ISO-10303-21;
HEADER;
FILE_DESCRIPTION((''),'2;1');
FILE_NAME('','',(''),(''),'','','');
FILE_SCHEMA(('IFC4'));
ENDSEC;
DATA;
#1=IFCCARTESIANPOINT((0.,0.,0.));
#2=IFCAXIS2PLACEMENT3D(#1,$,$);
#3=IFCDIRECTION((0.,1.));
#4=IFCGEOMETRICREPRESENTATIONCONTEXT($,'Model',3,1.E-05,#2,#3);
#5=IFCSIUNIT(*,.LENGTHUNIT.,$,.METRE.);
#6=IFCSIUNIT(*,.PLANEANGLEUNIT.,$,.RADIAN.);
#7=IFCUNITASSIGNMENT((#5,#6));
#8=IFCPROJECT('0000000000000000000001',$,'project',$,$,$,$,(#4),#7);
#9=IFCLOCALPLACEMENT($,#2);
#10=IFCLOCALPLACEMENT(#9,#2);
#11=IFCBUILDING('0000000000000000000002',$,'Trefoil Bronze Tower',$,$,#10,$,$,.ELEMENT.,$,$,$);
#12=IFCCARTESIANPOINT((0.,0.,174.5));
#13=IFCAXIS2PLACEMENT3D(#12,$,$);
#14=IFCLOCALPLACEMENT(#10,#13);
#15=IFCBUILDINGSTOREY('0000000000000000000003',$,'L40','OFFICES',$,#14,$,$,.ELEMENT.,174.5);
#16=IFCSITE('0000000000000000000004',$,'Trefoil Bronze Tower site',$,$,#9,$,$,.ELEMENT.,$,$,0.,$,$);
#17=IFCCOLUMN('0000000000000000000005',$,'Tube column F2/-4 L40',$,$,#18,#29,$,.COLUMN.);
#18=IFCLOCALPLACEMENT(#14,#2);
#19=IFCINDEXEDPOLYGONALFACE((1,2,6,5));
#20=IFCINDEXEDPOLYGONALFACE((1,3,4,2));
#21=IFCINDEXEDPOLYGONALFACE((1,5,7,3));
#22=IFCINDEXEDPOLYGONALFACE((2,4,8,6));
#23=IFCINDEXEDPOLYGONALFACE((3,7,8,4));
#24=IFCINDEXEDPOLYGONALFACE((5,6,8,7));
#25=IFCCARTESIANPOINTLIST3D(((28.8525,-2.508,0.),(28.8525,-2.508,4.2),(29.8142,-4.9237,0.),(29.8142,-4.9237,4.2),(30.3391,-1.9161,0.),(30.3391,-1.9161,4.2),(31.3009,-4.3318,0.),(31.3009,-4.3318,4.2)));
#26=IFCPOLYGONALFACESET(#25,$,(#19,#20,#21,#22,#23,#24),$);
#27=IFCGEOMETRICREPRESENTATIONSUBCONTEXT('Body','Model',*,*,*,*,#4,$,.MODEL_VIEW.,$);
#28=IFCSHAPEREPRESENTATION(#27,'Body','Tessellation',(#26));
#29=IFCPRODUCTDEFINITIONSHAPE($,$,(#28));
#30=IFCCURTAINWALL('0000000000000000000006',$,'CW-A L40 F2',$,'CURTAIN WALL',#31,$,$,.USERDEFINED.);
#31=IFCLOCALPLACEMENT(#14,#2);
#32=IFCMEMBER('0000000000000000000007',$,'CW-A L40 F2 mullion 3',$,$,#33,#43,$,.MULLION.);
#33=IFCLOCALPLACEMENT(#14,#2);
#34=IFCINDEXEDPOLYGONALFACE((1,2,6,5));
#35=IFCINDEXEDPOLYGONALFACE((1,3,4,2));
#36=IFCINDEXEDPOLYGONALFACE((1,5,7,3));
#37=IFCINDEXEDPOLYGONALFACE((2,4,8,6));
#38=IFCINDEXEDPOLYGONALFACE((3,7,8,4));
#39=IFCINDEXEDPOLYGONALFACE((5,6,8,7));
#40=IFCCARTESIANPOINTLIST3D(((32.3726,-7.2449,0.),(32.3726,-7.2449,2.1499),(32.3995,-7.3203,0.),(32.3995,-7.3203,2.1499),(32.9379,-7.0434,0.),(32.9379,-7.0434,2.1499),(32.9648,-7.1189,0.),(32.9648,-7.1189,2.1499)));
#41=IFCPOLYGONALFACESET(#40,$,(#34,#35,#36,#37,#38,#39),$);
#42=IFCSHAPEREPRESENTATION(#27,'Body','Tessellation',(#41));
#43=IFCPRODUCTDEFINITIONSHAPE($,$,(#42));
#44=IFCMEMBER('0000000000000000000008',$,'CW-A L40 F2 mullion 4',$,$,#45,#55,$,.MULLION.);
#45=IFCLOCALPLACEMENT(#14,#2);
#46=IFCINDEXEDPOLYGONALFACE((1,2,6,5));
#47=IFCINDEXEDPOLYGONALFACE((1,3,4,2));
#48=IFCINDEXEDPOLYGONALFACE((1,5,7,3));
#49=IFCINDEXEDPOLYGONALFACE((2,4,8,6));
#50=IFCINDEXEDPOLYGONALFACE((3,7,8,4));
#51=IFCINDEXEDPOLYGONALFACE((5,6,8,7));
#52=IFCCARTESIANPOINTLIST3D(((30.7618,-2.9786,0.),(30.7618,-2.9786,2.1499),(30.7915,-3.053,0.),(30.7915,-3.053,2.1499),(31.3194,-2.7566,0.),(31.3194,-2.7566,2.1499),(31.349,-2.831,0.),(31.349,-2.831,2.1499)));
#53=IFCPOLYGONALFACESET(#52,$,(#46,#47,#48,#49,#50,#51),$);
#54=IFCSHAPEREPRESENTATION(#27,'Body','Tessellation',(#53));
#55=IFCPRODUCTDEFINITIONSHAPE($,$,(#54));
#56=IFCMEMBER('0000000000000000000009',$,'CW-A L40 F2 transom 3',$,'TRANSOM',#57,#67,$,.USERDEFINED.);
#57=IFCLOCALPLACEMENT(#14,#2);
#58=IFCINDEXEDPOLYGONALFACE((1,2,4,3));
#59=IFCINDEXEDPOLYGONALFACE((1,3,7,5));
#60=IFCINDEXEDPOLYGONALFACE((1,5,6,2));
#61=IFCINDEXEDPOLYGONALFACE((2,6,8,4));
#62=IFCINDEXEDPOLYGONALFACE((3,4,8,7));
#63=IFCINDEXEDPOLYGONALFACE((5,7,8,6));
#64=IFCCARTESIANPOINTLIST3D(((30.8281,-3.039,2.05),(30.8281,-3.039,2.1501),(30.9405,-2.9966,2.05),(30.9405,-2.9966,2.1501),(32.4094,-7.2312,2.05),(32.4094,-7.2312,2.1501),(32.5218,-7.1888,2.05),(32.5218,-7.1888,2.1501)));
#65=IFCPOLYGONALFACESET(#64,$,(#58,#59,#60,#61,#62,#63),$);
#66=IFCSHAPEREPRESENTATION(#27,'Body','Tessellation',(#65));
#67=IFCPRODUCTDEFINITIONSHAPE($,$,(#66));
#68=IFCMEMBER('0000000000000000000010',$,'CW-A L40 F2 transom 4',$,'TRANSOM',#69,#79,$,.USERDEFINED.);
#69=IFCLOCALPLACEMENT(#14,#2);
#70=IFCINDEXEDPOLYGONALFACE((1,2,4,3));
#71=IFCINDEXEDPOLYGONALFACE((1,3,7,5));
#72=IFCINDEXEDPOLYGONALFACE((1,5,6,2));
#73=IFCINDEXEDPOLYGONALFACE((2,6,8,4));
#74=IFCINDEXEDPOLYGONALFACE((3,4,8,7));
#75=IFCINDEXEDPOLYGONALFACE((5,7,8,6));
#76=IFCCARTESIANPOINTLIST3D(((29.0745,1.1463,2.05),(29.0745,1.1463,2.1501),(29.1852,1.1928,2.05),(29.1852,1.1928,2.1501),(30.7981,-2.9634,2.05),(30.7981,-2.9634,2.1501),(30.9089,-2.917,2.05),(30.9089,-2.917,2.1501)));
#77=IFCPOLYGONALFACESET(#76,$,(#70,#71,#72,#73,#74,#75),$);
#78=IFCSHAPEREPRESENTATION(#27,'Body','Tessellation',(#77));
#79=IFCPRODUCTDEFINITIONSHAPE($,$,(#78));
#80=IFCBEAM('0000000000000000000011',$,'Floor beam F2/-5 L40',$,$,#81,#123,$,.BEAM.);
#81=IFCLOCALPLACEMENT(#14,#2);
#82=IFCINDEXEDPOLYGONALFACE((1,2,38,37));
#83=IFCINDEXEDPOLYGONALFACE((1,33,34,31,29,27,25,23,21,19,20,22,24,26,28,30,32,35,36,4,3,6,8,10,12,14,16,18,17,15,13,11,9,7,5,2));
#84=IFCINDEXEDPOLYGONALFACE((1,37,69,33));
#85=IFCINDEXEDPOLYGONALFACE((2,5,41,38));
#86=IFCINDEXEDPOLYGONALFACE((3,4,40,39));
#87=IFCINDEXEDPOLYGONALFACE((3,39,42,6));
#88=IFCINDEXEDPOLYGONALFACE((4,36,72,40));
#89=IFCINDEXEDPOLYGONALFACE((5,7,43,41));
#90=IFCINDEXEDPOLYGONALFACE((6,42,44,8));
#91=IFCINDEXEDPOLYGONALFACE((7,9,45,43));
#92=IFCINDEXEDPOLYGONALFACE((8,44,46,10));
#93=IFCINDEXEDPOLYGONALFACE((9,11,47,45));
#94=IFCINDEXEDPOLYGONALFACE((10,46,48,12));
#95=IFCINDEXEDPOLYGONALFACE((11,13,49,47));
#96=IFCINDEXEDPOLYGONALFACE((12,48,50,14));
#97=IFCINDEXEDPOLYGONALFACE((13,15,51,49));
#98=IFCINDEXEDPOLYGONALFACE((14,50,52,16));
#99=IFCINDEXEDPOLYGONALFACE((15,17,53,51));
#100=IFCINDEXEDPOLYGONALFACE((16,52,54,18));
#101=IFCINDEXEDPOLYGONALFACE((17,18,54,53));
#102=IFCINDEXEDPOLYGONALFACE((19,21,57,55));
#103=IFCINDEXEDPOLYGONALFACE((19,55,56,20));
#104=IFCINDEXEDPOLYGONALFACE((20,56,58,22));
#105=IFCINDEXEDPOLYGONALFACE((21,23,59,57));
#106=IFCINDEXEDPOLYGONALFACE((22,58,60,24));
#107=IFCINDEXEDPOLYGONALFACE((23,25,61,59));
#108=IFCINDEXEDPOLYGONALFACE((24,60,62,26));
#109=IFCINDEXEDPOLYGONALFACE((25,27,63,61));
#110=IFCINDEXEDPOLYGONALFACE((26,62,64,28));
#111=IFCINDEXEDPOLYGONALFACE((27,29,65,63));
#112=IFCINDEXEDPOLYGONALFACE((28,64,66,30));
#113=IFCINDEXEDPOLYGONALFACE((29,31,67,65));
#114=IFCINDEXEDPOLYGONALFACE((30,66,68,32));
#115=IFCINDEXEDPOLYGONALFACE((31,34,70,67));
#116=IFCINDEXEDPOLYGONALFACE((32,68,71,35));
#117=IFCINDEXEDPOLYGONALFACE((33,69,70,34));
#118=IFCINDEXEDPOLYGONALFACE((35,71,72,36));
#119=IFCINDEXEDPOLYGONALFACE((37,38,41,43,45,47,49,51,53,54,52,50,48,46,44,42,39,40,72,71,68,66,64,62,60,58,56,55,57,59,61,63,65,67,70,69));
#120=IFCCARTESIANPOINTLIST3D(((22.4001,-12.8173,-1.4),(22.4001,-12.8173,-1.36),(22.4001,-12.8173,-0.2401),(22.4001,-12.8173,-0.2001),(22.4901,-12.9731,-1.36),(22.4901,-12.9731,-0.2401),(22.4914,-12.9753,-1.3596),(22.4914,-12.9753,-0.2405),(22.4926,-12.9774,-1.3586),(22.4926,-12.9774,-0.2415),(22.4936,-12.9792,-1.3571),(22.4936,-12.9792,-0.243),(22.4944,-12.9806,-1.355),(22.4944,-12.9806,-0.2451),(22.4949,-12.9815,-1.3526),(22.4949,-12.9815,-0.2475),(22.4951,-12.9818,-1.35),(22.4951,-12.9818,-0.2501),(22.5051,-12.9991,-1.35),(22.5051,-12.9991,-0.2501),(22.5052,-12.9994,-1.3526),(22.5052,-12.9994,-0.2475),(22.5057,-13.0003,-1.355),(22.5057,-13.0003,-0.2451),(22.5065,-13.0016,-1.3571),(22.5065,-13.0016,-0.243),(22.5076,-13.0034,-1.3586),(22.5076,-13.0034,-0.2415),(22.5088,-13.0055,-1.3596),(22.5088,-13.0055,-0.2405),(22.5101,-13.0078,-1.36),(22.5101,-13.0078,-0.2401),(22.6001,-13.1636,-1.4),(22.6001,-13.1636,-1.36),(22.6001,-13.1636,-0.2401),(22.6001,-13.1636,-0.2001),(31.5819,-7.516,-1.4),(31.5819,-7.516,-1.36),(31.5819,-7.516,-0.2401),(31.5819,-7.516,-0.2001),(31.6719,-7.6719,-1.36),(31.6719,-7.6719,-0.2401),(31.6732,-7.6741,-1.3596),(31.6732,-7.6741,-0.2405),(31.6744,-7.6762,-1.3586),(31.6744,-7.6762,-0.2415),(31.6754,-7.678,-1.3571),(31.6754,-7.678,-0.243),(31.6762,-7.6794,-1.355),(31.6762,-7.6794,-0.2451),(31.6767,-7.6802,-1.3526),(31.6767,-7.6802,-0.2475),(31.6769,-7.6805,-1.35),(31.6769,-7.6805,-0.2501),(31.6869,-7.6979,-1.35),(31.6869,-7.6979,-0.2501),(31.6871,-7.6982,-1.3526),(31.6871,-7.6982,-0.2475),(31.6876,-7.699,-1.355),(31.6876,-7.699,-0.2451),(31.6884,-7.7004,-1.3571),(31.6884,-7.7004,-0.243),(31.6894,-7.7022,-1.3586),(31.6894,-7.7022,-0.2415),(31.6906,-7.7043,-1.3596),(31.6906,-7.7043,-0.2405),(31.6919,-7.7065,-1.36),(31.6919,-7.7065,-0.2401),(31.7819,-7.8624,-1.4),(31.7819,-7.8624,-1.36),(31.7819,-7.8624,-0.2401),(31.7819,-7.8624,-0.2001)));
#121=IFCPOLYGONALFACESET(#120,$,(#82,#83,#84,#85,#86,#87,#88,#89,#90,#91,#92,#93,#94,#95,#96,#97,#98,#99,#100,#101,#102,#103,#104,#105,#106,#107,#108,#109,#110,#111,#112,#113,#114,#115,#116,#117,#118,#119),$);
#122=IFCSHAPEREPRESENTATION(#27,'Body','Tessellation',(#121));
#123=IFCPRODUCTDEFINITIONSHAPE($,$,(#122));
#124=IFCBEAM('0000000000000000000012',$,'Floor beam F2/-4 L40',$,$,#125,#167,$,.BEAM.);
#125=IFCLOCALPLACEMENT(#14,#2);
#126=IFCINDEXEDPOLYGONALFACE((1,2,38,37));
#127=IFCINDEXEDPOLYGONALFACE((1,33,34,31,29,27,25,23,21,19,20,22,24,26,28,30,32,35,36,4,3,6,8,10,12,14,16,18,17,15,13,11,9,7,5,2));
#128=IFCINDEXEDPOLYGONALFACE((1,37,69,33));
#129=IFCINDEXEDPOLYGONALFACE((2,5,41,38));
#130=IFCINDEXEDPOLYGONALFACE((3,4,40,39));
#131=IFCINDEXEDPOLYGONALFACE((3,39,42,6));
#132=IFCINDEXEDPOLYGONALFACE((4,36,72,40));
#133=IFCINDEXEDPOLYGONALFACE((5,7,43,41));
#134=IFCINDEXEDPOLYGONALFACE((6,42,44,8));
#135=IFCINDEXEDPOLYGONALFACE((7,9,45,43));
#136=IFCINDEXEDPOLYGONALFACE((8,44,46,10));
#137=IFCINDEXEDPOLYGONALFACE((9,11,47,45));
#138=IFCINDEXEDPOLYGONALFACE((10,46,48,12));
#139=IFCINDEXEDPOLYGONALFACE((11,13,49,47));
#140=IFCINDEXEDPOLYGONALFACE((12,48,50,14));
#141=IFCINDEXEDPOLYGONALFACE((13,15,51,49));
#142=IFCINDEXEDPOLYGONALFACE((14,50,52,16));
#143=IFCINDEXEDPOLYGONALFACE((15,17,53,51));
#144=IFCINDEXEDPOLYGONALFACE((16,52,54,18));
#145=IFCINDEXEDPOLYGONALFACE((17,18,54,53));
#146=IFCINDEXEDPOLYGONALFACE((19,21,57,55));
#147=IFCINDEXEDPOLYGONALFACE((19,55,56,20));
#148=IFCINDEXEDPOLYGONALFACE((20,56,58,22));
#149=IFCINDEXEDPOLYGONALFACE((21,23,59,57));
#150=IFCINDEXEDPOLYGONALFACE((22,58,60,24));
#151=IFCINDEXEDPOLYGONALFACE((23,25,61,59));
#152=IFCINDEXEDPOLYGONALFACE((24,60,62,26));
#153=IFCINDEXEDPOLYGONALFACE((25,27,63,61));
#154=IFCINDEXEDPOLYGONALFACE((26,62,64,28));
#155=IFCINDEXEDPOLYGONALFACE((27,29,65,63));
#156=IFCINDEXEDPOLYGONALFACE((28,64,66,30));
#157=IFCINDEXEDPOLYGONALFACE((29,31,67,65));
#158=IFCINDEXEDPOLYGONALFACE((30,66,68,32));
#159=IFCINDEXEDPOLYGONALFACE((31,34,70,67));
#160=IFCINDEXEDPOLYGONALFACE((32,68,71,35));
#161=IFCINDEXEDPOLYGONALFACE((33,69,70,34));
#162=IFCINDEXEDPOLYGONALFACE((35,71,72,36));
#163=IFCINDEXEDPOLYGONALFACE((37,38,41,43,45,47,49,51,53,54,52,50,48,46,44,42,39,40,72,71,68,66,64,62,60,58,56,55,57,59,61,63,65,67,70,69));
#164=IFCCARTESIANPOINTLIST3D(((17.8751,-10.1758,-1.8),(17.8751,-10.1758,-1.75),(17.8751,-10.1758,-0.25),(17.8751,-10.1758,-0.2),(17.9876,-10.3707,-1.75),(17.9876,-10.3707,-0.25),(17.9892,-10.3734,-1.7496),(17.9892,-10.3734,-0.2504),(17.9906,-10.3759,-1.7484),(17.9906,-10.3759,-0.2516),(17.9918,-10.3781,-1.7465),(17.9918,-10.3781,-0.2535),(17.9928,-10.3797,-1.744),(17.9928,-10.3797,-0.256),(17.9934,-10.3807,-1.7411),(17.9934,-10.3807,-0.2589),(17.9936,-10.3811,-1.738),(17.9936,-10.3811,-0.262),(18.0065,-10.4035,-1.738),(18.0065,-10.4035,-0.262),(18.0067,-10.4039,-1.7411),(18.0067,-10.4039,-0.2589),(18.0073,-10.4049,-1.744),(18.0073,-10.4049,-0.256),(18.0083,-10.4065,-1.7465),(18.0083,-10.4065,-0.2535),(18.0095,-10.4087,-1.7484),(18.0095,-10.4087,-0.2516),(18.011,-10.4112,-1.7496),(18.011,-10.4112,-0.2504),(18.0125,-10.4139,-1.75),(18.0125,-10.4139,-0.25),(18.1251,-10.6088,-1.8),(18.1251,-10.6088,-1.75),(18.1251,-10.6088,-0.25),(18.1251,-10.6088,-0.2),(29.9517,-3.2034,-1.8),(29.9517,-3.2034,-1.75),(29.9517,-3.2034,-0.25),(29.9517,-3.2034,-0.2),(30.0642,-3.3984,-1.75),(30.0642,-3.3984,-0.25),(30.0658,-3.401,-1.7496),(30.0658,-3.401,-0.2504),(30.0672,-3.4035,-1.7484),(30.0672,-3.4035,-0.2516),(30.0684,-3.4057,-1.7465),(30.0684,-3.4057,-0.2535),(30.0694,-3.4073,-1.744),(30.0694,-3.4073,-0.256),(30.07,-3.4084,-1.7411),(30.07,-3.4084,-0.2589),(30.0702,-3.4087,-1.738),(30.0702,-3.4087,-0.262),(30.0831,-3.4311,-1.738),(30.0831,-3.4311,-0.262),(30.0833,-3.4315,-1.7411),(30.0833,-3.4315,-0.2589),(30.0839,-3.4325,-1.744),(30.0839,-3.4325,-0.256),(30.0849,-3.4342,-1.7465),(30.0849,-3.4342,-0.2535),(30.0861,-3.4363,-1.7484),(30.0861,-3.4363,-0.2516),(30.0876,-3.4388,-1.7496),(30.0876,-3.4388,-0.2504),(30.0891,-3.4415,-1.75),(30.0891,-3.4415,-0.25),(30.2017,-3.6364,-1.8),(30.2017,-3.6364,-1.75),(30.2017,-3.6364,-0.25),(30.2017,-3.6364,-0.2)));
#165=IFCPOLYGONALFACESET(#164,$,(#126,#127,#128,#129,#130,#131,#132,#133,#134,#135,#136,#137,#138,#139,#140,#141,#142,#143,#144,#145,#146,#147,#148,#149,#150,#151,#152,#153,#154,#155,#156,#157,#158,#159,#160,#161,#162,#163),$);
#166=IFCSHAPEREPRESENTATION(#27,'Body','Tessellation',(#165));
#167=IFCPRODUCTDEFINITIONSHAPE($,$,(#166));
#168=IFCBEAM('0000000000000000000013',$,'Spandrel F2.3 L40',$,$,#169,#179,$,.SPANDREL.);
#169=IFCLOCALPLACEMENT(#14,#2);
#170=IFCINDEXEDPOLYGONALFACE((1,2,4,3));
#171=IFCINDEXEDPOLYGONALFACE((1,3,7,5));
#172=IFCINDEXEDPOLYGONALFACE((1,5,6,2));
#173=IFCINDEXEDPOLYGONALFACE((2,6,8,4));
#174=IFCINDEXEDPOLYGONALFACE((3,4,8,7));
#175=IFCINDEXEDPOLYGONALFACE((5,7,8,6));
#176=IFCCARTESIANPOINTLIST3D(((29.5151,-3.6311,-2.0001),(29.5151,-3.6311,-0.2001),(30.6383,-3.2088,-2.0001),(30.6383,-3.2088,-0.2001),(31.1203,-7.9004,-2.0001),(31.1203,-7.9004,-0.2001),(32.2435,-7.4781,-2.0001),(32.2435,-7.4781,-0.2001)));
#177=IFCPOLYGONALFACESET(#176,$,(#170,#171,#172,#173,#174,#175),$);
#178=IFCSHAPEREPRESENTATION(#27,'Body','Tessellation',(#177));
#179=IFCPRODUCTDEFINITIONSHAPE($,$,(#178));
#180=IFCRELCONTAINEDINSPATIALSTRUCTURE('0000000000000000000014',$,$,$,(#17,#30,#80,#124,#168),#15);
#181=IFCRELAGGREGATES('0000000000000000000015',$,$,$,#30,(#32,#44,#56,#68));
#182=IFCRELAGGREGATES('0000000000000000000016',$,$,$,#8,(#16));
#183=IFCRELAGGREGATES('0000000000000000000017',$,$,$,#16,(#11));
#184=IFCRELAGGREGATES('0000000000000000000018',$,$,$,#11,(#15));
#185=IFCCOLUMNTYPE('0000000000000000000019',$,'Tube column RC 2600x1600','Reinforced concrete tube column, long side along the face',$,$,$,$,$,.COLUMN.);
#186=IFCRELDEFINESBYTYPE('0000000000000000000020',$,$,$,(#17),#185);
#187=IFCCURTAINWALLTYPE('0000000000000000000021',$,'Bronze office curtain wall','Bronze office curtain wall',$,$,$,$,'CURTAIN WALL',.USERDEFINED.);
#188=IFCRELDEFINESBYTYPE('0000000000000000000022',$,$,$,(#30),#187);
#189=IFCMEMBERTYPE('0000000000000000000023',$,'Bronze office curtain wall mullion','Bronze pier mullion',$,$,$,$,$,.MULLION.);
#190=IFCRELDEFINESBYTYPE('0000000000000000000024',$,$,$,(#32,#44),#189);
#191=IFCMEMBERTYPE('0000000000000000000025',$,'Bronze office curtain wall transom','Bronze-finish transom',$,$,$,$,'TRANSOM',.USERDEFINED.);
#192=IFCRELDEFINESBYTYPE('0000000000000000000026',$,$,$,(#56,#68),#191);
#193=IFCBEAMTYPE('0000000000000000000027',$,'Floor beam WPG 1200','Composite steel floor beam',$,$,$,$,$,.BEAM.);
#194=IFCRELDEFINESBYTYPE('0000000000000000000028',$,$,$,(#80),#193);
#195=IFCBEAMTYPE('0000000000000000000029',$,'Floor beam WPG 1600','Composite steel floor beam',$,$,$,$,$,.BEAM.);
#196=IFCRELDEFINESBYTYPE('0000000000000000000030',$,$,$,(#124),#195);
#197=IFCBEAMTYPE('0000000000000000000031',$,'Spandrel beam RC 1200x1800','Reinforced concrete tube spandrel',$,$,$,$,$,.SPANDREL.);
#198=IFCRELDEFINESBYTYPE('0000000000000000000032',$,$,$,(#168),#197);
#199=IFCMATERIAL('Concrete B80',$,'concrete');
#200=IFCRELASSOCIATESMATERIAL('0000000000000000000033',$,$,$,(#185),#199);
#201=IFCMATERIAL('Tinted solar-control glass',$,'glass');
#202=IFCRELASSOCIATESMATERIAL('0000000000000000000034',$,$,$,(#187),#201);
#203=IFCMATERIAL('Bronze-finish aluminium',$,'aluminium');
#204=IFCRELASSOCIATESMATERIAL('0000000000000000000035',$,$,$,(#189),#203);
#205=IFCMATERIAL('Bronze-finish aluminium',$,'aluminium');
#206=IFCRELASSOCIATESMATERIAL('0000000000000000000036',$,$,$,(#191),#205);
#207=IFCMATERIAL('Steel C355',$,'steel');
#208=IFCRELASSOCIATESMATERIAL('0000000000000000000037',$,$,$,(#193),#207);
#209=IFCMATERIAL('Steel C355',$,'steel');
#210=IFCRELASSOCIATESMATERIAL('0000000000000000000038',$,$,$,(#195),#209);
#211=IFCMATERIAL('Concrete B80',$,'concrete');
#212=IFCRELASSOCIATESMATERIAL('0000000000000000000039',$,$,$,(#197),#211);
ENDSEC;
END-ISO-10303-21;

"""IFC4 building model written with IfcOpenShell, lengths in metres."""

from ifc_helpers import new_model, si_unit, direction, frame, origin, origin_2d, place, context, subcontext, project, spatial, rectangle, i_section, extrude, material, material_profile, profile_set, type_object, element, aggregate, save


model = new_model("IFC4")

# Units and contexts
model_context = context("Model", 3, precision=1e-05, world=origin(), true_north=direction((0.0, 1.0)))
body_context = subcontext(model_context, "Body", "Model", "MODEL_VIEW")
ifc_project = project(units=[si_unit("LENGTHUNIT", "METRE"), si_unit("PLANEANGLEUNIT", "RADIAN")], contexts=[model_context])

# Site, building, storey
site_placement = place(None, origin())
site = spatial("IfcSite", under=ifc_project, at=site_placement, Name="Trefoil Bronze Tower site", CompositionType="ELEMENT", RefElevation=0.0)
building_placement = place(site_placement, origin())
building = spatial("IfcBuilding", under=site, at=building_placement, Name="Trefoil Bronze Tower", CompositionType="ELEMENT")
storey_placement = place(building_placement, frame((0.0, 0.0, 174.5)))
storey = spatial("IfcBuildingStorey", under=building, at=storey_placement, Name="L40", Description="OFFICES", CompositionType="ELEMENT", Elevation=174.5)

# Column
ifc_material_1 = material(Name="Concrete B80", Category="concrete")
ifc_material_profile_1 = material_profile(ifc_material_1, rectangle(XDim=2.6001, YDim=1.6001, at=origin_2d()), Name="RC 2600x1600")
ifc_profile_set_1 = profile_set([ifc_material_profile_1], Name="Concrete B80")
column_type = type_object("IfcColumnType", Name="Tube column RC 2600x1600", Description="Reinforced concrete tube column, long side along the face", PredefinedType="COLUMN", material=ifc_profile_set_1)
column_placement = place(storey_placement, frame((30.0767, -3.4199, 0.0), z_axis=(0.0, 0.0, 1.0), x_axis=(-0.369901, 0.929071, 0.0)))
element("IfcColumn", 1, at=column_placement, inside=storey, type_object=column_type, Name="Tube column F2/-4 L40", PredefinedType="COLUMN", context=body_context, shape_type="SweptSolid", body=[
    extrude(rectangle(XDim=2.6001, YDim=1.6001, at=origin_2d()), origin(), (0.0, 0.0, 1.0), 4.2),
])

# Curtain wall, members
ifc_material_2 = material(Name="Tinted solar-control glass", Category="glass")
curtain_wall_type = type_object("IfcCurtainWallType", Name="Bronze office curtain wall", Description="Bronze office curtain wall", ElementType="CURTAIN WALL", PredefinedType="USERDEFINED", material=ifc_material_2)
curtain_wall_placement = place(storey_placement, origin())
curtain_wall = element("IfcCurtainWall", 2, at=curtain_wall_placement, inside=storey, type_object=curtain_wall_type, Name="CW-A L40 F2", ObjectType="CURTAIN WALL", PredefinedType="USERDEFINED")
ifc_material_3 = material(Name="Bronze-finish aluminium", Category="aluminium")
ifc_material_profile_2 = material_profile(ifc_material_3, rectangle(XDim=0.6001, YDim=0.0801, at=origin_2d()), Name="CW-A mullion")
ifc_profile_set_2 = profile_set([ifc_material_profile_2], Name="Bronze-finish aluminium")
member_type_1 = type_object("IfcMemberType", Name="Bronze office curtain wall mullion", Description="Bronze pier mullion", PredefinedType="MULLION", material=ifc_profile_set_2)
member_1_placement = place(storey_placement, frame((32.6687, -7.1819, 0.0), z_axis=(0.0, 0.0, 1.0), x_axis=(-0.941963, -0.335718, 0.0)))
member_1 = element("IfcMember", 3, at=member_1_placement, type_object=member_type_1, Name="CW-A L40 F2 mullion 3", PredefinedType="MULLION", context=body_context, shape_type="SweptSolid", body=[
    extrude(rectangle(XDim=0.6001, YDim=0.0801, at=origin_2d()), origin(), (0.0, 0.0, 1.0), 2.1499),
])
member_2_placement = place(storey_placement, frame((31.0554, -2.9048, 0.0), z_axis=(0.0, 0.0, 1.0), x_axis=(-0.929071, -0.369901, 0.0)))
member_2 = element("IfcMember", 4, at=member_2_placement, type_object=member_type_1, Name="CW-A L40 F2 mullion 4", PredefinedType="MULLION", context=body_context, shape_type="SweptSolid", body=[
    extrude(rectangle(XDim=0.6001, YDim=0.0801, at=origin_2d()), origin(), (0.0, 0.0, 1.0), 2.1499),
])
ifc_material_4 = material(Name="Bronze-finish aluminium", Category="aluminium")
ifc_material_profile_3 = material_profile(ifc_material_4, rectangle(XDim=0.1201, YDim=0.1001, at=origin_2d()), Name="CW-A transom")
ifc_profile_set_3 = profile_set([ifc_material_profile_3], Name="Bronze-finish aluminium")
member_type_2 = type_object("IfcMemberType", Name="Bronze office curtain wall transom", Description="Bronze-finish transom", ElementType="TRANSOM", PredefinedType="USERDEFINED", material=ifc_profile_set_3)
member_3_placement = place(storey_placement, frame((32.4656, -7.21, 2.1001), z_axis=(-0.352932, 0.935649, 0.0), x_axis=(-0.935649, -0.352932, 0.0)))
member_3 = element("IfcMember", 5, at=member_3_placement, type_object=member_type_2, Name="CW-A L40 F2 transom 3", ObjectType="TRANSOM", PredefinedType="USERDEFINED", context=body_context, shape_type="SweptSolid", body=[
    extrude(rectangle(XDim=0.1201, YDim=0.1001, at=origin_2d()), origin(), (0.0, 0.0, 1.0), 4.4805),
])
member_4_placement = place(storey_placement, frame((30.8535, -2.9402, 2.1001), z_axis=(-0.386773, 0.922175, 0.0), x_axis=(-0.922175, -0.386773, 0.0)))
member_4 = element("IfcMember", 6, at=member_4_placement, type_object=member_type_2, Name="CW-A L40 F2 transom 4", ObjectType="TRANSOM", PredefinedType="USERDEFINED", context=body_context, shape_type="SweptSolid", body=[
    extrude(rectangle(XDim=0.1201, YDim=0.1001, at=origin_2d()), origin(), (0.0, 0.0, 1.0), 4.4565),
])

# Beams
ifc_material_5 = material(Name="Steel C355", Category="steel")
ifc_material_profile_4 = material_profile(ifc_material_5, i_section(OverallWidth=0.3999, OverallDepth=1.2, WebThickness=0.02, FlangeThickness=0.04, FilletRadius=0.01, at=origin_2d()), Name="WPG 1200")
ifc_profile_set_4 = profile_set([ifc_material_profile_4], Name="Steel C355")
beam_type_1 = type_object("IfcBeamType", Name="Floor beam WPG 1200", Description="Composite steel floor beam", PredefinedType="BEAM", material=ifc_profile_set_4)
beam_1_placement = place(storey_placement, frame((31.6819, -7.6892, -0.8), z_axis=(-0.866021, -0.500007, 0.0), x_axis=(0.500007, -0.866021, 0.0)))
element("IfcBeam", 7, at=beam_1_placement, inside=storey, type_object=beam_type_1, Name="Floor beam F2/-5 L40", PredefinedType="BEAM", context=body_context, shape_type="SweptSolid", body=[
    extrude(i_section(OverallWidth=0.3999, OverallDepth=1.2, WebThickness=0.02, FlangeThickness=0.04, FilletRadius=0.01, at=origin_2d()), origin(), (0.0, 0.0, 1.0), 10.6023),
])
ifc_material_6 = material(Name="Steel C355", Category="steel")
ifc_material_profile_5 = material_profile(ifc_material_6, i_section(OverallWidth=0.5, OverallDepth=1.6001, WebThickness=0.0259, FlangeThickness=0.05, FilletRadius=0.012, at=origin_2d()), Name="WPG 1600")
ifc_profile_set_5 = profile_set([ifc_material_profile_5], Name="Steel C355")
beam_type_2 = type_object("IfcBeamType", Name="Floor beam WPG 1600", Description="Composite steel floor beam", PredefinedType="BEAM", material=ifc_profile_set_5)
beam_2_placement = place(storey_placement, frame((30.0767, -3.4199, -1.0), z_axis=(-0.866027, -0.499997, 0.0), x_axis=(0.499997, -0.866027, 0.0)))
element("IfcBeam", 8, at=beam_2_placement, inside=storey, type_object=beam_type_2, Name="Floor beam F2/-4 L40", PredefinedType="BEAM", context=body_context, shape_type="SweptSolid", body=[
    extrude(i_section(OverallWidth=0.5, OverallDepth=1.6001, WebThickness=0.0259, FlangeThickness=0.05, FilletRadius=0.012, at=origin_2d()), origin(), (0.0, 0.0, 1.0), 13.9448),
])
ifc_material_7 = material(Name="Concrete B80", Category="concrete")
ifc_material_profile_6 = material_profile(ifc_material_7, rectangle(XDim=1.2, YDim=1.8, at=origin_2d()), Name="RC 1200x1800")
ifc_profile_set_6 = profile_set([ifc_material_profile_6], Name="Concrete B80")
beam_type_3 = type_object("IfcBeamType", Name="Spandrel beam RC 1200x1800", Description="Reinforced concrete tube spandrel", PredefinedType="SPANDREL", material=ifc_profile_set_6)
beam_3_placement = place(storey_placement, frame((31.6819, -7.6892, -1.1001), z_axis=(-0.351939, 0.936023, 0.0), x_axis=(-0.936023, -0.351939, 0.0)))
element("IfcBeam", 9, at=beam_3_placement, inside=storey, type_object=beam_type_3, Name="Spandrel F2.3 L40", PredefinedType="SPANDREL", context=body_context, shape_type="SweptSolid", body=[
    extrude(rectangle(XDim=1.2, YDim=1.8, at=origin_2d()), origin(), (0.0, 0.0, 1.0), 4.561),
])

aggregate(curtain_wall, [member_1, member_2, member_3, member_4])

save(model, "model.ifc")
